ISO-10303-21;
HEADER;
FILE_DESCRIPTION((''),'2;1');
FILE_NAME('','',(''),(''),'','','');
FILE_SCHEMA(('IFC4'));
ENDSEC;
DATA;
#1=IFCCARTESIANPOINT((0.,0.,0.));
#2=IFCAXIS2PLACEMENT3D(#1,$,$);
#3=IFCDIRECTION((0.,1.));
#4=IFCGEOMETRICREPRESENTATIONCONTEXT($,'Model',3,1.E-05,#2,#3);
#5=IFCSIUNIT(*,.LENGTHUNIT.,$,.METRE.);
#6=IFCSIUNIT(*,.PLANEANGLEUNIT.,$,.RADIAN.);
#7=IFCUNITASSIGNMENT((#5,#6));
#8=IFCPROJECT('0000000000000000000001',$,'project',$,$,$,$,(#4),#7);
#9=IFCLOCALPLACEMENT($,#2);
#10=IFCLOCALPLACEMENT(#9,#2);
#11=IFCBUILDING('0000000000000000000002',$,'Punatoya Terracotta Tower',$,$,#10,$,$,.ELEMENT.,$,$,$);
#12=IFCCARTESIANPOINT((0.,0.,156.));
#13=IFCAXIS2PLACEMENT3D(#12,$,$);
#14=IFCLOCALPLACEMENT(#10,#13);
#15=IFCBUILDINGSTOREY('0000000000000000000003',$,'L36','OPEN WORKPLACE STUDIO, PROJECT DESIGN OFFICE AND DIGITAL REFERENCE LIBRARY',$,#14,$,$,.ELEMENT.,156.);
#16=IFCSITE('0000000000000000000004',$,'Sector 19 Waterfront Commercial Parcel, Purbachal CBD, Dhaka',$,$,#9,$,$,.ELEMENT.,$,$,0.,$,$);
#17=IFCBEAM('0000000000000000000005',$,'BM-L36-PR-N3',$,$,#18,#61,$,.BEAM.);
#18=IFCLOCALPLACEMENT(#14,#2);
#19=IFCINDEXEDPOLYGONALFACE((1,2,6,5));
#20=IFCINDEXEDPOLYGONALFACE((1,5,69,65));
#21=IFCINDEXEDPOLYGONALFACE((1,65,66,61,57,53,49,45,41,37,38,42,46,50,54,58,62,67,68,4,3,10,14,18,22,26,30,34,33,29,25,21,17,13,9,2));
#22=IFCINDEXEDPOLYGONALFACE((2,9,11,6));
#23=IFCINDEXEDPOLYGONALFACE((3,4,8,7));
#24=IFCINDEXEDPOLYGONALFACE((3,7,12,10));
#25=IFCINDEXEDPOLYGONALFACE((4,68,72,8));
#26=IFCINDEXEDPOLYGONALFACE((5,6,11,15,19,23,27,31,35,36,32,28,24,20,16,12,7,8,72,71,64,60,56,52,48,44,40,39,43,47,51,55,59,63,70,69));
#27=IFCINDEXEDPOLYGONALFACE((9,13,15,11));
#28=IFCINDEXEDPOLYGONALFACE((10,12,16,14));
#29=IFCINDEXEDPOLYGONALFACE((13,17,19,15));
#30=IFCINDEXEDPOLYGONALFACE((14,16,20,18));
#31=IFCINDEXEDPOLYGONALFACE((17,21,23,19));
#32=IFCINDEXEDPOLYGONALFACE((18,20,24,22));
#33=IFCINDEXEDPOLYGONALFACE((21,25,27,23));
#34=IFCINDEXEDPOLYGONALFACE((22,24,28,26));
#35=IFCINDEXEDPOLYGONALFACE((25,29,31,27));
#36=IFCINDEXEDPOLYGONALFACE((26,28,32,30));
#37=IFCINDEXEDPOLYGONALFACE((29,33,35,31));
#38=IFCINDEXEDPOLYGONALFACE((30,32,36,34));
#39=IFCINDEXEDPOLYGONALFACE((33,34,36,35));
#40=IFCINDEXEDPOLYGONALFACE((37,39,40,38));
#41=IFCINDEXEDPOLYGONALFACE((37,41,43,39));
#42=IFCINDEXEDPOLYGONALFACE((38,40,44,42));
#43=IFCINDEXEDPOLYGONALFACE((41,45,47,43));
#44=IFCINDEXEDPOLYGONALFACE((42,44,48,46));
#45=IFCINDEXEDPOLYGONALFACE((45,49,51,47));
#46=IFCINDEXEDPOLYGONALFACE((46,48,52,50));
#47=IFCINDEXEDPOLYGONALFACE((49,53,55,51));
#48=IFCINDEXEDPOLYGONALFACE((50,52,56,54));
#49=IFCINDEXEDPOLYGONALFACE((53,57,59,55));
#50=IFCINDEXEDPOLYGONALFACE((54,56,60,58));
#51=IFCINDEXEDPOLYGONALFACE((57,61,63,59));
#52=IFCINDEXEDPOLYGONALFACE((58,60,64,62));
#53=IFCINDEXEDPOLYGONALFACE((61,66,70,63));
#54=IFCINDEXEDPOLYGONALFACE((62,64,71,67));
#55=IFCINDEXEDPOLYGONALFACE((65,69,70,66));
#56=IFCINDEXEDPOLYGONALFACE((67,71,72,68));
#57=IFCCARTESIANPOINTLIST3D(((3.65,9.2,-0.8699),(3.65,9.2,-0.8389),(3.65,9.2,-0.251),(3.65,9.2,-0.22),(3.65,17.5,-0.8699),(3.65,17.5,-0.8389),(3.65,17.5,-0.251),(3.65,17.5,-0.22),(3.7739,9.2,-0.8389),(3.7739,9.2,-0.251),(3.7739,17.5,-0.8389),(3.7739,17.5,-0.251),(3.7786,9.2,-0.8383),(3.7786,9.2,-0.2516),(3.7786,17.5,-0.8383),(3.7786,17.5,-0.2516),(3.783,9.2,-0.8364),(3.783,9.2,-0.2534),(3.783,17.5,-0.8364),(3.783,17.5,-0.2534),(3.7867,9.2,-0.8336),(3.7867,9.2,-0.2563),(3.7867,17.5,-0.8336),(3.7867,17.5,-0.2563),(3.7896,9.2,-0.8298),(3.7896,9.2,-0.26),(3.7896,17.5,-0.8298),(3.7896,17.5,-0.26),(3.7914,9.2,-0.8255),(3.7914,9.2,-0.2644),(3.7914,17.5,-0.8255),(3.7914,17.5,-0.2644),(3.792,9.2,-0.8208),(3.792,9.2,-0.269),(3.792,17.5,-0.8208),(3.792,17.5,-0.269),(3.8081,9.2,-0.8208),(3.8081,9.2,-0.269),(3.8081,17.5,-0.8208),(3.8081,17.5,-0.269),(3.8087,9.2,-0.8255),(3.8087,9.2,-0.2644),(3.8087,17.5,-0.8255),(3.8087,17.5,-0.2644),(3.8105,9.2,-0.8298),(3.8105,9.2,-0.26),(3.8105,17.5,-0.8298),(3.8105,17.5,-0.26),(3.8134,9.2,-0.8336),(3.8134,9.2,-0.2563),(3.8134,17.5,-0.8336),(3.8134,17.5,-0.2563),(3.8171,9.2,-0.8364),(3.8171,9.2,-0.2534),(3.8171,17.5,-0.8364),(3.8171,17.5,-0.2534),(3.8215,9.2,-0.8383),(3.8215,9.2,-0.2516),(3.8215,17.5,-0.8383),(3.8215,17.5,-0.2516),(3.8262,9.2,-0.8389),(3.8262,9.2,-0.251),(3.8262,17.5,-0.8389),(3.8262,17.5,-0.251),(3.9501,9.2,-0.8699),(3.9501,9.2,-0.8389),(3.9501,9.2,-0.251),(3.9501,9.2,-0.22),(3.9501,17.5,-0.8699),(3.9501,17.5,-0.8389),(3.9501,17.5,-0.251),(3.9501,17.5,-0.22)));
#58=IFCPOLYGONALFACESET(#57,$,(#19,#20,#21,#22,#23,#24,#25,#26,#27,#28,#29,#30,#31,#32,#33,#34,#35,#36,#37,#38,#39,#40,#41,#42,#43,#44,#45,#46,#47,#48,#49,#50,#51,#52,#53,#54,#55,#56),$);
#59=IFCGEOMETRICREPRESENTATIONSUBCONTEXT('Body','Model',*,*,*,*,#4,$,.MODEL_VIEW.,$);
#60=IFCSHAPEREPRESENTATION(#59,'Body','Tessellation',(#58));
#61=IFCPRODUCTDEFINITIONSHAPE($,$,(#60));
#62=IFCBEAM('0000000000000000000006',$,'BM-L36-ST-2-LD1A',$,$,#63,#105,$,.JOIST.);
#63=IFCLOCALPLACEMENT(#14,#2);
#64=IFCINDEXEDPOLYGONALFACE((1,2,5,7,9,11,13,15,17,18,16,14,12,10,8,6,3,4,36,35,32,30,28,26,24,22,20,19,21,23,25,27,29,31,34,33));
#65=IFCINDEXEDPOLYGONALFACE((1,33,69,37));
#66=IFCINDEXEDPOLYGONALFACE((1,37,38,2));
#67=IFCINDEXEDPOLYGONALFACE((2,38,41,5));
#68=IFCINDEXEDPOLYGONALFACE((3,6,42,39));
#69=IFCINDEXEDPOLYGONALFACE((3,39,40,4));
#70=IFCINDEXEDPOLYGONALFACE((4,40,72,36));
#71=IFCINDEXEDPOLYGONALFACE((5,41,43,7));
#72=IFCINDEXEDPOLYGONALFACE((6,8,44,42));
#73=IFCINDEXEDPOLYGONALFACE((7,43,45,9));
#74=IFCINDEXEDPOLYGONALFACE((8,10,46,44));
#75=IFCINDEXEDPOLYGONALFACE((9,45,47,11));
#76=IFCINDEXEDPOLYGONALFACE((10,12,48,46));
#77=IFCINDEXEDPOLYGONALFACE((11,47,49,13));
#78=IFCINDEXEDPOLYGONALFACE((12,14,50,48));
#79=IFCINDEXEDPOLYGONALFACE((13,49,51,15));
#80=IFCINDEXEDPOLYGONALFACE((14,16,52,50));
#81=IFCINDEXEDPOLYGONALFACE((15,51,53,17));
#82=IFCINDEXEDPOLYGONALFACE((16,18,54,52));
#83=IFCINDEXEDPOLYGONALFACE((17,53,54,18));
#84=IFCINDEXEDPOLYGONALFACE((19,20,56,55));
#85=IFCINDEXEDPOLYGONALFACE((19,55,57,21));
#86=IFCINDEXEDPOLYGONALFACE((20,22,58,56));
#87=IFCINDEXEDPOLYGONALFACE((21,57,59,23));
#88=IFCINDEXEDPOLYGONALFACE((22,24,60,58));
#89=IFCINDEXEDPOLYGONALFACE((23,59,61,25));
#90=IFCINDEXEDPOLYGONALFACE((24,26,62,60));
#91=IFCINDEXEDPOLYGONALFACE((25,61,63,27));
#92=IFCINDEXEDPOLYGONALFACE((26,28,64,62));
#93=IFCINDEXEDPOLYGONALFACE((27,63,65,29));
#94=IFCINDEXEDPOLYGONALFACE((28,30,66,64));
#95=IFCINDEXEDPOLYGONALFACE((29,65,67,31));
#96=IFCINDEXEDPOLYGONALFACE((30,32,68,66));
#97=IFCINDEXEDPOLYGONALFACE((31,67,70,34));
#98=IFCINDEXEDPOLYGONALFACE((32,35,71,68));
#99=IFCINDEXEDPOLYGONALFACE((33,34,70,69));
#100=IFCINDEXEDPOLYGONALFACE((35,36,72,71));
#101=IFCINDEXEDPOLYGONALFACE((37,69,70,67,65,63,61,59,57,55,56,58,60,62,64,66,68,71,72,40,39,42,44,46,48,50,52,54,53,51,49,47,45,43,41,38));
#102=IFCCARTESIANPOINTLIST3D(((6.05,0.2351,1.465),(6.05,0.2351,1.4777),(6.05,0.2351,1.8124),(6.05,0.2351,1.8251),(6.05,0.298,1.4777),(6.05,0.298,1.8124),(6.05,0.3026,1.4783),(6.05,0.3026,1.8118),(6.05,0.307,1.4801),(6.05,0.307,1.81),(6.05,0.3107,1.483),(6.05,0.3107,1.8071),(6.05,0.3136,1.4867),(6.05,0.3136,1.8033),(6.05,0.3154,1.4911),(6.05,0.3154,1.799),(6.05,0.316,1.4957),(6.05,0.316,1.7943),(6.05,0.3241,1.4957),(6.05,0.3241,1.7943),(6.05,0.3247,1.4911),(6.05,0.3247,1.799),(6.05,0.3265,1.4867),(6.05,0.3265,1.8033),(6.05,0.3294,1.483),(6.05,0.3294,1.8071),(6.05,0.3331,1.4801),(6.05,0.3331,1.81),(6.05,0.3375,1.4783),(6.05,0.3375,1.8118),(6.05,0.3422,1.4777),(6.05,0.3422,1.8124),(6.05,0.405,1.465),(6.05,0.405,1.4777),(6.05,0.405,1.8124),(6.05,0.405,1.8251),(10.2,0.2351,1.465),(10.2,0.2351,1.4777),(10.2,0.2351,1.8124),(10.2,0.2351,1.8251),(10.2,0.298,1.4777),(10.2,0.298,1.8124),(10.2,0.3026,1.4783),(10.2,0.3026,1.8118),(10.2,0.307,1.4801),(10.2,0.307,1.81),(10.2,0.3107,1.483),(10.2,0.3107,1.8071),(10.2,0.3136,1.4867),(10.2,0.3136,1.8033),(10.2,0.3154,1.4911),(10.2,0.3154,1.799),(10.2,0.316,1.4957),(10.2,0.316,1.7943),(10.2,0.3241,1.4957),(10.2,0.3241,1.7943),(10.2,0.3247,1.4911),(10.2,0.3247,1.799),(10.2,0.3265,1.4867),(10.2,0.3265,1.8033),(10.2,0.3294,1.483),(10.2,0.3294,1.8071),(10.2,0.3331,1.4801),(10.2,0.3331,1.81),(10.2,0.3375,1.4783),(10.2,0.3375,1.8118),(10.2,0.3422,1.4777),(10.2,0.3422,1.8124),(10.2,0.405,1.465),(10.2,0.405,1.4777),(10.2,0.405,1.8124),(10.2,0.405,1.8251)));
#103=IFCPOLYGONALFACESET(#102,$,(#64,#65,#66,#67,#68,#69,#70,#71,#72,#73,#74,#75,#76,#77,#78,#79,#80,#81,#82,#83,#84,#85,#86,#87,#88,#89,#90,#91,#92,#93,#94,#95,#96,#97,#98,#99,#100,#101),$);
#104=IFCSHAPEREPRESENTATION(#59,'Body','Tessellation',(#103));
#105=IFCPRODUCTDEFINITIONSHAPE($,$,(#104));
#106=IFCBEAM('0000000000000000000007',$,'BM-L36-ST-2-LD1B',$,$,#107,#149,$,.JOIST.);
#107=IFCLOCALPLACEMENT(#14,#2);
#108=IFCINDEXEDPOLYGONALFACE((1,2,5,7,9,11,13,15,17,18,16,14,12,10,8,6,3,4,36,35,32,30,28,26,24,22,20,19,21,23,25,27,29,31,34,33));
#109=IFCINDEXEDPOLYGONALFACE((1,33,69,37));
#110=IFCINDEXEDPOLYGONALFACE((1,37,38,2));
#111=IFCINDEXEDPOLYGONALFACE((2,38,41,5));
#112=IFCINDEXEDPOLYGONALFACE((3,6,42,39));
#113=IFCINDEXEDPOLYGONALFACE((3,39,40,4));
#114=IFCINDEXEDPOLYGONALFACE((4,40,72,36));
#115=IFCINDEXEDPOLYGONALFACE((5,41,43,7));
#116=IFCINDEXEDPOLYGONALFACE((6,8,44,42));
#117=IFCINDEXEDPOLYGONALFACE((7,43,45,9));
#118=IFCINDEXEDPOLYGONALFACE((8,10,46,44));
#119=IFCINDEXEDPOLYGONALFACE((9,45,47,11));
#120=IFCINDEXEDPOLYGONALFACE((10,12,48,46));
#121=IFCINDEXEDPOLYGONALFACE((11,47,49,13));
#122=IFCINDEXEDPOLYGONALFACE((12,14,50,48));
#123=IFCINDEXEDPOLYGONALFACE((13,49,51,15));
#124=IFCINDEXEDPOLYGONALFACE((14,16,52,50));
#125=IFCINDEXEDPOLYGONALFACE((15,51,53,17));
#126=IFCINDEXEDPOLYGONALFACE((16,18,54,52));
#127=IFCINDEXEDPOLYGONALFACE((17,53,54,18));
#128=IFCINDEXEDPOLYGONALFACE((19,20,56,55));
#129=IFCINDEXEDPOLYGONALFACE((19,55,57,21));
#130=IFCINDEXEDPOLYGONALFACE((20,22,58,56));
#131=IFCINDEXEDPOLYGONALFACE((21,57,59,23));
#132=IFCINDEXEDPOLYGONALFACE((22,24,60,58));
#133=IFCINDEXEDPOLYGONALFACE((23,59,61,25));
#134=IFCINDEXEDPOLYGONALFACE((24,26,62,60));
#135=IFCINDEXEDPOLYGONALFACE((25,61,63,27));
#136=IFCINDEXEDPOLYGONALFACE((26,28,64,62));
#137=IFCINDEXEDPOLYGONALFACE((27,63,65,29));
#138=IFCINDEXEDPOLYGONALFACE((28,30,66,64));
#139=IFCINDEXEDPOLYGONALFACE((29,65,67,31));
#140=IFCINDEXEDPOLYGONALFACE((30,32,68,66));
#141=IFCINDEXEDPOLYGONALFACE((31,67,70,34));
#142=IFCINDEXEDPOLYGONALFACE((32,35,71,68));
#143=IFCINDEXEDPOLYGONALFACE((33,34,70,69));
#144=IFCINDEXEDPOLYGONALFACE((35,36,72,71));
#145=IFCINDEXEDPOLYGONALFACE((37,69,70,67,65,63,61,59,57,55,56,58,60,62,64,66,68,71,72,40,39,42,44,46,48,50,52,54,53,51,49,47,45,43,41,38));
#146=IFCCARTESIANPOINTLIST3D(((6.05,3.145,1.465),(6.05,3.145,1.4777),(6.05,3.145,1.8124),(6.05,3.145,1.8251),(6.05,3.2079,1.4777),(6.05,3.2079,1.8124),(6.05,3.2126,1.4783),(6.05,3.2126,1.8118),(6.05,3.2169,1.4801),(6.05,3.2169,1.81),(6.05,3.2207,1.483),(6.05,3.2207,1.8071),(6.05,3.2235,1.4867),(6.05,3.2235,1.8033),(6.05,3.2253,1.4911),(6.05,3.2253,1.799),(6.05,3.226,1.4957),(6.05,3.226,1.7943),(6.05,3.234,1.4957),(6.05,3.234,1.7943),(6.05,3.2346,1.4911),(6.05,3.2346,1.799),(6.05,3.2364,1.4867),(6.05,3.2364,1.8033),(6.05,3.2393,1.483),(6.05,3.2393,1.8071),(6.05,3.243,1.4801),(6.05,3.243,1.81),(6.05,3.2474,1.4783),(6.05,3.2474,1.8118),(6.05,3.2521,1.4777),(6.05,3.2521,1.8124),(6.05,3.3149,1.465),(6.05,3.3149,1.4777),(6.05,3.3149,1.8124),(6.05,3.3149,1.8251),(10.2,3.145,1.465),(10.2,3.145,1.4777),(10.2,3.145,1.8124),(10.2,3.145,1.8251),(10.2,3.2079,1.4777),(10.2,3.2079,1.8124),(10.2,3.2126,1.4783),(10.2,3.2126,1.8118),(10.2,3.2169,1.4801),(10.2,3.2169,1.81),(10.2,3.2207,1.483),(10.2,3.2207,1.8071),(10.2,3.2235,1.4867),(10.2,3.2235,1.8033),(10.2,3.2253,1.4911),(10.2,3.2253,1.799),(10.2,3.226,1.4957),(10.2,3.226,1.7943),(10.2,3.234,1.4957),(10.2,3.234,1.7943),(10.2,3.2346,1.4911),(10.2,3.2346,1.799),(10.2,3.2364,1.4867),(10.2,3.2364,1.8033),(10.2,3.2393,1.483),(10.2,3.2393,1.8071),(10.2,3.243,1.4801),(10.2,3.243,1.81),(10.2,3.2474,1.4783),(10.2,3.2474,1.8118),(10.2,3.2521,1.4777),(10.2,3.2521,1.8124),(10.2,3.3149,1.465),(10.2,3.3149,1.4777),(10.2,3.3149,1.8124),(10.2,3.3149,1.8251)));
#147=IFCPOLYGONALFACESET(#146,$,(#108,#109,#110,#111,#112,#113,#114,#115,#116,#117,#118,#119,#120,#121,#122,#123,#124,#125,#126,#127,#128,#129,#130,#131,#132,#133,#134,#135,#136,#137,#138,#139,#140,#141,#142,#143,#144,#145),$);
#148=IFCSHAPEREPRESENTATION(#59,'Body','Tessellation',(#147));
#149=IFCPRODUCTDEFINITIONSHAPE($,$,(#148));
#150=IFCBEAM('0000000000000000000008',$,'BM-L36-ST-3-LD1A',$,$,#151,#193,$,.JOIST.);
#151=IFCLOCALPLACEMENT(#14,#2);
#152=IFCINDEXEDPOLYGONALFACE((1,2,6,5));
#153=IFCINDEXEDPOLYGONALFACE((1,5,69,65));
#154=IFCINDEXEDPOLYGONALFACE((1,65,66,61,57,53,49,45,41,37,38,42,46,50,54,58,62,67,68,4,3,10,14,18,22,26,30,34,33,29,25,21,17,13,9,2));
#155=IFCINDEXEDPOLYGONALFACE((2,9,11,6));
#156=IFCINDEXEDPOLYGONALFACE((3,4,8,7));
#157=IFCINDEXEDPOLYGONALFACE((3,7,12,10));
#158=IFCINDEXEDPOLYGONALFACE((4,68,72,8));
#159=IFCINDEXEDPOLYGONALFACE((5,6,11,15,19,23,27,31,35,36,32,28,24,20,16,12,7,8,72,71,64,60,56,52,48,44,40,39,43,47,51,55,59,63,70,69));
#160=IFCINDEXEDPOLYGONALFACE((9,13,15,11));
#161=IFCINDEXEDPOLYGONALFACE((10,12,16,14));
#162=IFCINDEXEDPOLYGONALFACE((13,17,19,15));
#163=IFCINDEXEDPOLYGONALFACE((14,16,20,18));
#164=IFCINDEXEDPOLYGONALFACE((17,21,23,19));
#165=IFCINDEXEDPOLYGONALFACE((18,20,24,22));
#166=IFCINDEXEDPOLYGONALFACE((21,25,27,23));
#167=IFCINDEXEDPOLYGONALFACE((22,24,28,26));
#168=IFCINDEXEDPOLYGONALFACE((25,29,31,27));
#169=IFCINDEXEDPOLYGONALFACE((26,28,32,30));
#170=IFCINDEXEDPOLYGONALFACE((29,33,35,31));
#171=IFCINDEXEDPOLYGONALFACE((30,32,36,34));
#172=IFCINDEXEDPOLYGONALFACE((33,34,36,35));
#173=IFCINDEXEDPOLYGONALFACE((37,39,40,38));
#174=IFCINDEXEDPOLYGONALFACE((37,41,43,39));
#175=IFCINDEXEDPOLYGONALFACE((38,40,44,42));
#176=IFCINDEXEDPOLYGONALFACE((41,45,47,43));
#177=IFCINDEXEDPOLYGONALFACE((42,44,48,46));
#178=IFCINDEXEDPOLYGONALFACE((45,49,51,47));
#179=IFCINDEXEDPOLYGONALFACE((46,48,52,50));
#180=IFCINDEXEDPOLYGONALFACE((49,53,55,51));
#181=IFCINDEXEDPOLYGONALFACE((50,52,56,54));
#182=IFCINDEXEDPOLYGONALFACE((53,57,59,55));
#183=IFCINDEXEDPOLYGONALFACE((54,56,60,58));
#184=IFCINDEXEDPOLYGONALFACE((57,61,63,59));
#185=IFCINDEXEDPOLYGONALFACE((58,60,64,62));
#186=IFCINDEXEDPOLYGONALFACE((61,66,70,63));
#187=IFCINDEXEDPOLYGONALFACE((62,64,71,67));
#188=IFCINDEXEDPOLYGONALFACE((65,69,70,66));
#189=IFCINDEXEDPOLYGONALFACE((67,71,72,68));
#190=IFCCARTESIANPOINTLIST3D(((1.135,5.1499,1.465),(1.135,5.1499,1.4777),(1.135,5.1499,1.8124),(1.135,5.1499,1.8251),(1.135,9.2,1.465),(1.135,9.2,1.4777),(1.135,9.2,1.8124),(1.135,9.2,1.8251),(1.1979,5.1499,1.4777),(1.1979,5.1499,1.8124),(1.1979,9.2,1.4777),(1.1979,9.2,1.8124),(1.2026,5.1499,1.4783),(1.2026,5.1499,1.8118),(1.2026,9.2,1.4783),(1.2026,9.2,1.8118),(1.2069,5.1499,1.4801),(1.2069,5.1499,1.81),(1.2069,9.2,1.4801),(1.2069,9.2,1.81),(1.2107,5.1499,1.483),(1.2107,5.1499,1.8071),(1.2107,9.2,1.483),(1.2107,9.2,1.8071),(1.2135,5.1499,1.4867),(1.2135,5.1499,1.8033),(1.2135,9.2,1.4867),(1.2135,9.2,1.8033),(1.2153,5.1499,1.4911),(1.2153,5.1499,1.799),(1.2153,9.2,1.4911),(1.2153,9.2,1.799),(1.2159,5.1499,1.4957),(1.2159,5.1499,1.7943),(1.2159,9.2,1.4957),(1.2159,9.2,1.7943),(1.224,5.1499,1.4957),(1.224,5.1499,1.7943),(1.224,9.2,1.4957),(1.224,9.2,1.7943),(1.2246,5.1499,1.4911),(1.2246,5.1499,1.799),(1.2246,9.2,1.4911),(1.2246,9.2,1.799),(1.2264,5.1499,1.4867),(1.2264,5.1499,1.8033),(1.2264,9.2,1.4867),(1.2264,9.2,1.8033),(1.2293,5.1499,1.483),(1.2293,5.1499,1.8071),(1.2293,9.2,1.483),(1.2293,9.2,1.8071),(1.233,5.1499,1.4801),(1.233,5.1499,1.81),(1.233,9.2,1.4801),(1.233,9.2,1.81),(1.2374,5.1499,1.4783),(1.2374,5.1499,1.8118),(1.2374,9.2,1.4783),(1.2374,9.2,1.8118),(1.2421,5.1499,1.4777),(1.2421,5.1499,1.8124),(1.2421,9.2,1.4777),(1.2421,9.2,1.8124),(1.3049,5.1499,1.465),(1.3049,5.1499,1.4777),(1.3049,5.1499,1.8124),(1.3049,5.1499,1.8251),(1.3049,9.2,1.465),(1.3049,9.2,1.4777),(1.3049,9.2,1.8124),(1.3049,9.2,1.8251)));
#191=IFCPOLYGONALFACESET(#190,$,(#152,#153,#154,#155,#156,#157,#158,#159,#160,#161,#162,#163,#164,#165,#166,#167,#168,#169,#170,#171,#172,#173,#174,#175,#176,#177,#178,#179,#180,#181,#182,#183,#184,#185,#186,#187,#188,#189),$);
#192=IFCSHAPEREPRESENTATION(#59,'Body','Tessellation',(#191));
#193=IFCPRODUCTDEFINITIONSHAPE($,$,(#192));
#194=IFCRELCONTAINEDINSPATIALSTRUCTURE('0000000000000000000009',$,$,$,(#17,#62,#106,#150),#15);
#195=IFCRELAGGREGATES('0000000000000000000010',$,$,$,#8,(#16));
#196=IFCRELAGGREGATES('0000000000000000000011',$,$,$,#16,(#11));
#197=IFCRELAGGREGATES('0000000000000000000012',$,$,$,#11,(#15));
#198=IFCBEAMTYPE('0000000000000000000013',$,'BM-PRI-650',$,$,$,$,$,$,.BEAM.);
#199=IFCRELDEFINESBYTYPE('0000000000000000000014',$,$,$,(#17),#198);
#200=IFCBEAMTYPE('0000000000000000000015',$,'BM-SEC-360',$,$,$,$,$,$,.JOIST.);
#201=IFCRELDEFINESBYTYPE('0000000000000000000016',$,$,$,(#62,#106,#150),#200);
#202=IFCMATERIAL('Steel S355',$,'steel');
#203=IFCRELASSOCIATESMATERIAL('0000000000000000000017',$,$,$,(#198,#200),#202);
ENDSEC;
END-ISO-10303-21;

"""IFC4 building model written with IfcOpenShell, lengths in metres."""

from ifc_helpers import new_model, si_unit, direction, frame, origin, origin_2d, place, context, subcontext, project, spatial, i_section, extrude, material, material_profile, profile_set, type_object, element, save


model = new_model("IFC4")

# Units and contexts
model_context = context("Model", 3, precision=1e-05, world=origin(), true_north=direction((0.0, 1.0)))
body_context = subcontext(model_context, "Body", "Model", "MODEL_VIEW")
ifc_project = project(units=[si_unit("LENGTHUNIT", "METRE"), si_unit("PLANEANGLEUNIT", "RADIAN")], contexts=[model_context])

# Site, building, storey
site_placement = place(None, origin())
site = spatial("IfcSite", under=ifc_project, at=site_placement, Name="Sector 19 Waterfront Commercial Parcel, Purbachal CBD, Dhaka", CompositionType="ELEMENT", RefElevation=0.0)
building_placement = place(site_placement, origin())
building = spatial("IfcBuilding", under=site, at=building_placement, Name="Punatoya Terracotta Tower", CompositionType="ELEMENT")
storey_placement = place(building_placement, frame((0.0, 0.0, 156.0)))
storey = spatial("IfcBuildingStorey", under=building, at=storey_placement, Name="L36", Description="OPEN WORKPLACE STUDIO, PROJECT DESIGN OFFICE AND DIGITAL REFERENCE LIBRARY", CompositionType="ELEMENT", Elevation=156.0)

# Beams
ifc_material_1 = material(Name="Steel S355", Category="steel")
ifc_material_profile_1 = material_profile(ifc_material_1, i_section(OverallWidth=0.3, OverallDepth=0.6499, WebThickness=0.0161, FlangeThickness=0.031, FilletRadius=0.0181, at=origin_2d()))
ifc_profile_set_1 = profile_set([ifc_material_profile_1], Name="Steel S355")
beam_type_1 = type_object("IfcBeamType", Name="BM-PRI-650", PredefinedType="BEAM", material=ifc_profile_set_1)
beam_placement = place(storey_placement, frame((3.8, 9.2, -0.5449), z_axis=(0.0, 1.0, 0.0), x_axis=(-1.0, 0.0, 0.0)))
element("IfcBeam", 1, at=beam_placement, inside=storey, type_object=beam_type_1, Name="BM-L36-PR-N3", PredefinedType="BEAM", context=body_context, shape_type="SweptSolid", body=[
    extrude(i_section(OverallWidth=0.3, OverallDepth=0.6499, WebThickness=0.0161, FlangeThickness=0.031, FilletRadius=0.0181, at=origin_2d()), origin(), (0.0, 0.0, 1.0), 8.3),
])
ifc_material_profile_2 = material_profile(ifc_material_1, i_section(OverallWidth=0.1699, OverallDepth=0.3601, WebThickness=0.0081, FlangeThickness=0.0127, FilletRadius=0.0181, at=origin_2d()))
ifc_profile_set_2 = profile_set([ifc_material_profile_2], Name="Steel S355")
beam_type_2 = type_object("IfcBeamType", Name="BM-SEC-360", PredefinedType="JOIST", material=ifc_profile_set_2)
for number, where, z_axis, x_axis, name in (
    (2, (6.05, 0.3201, 1.645), (1.0, 0.0, 0.0), (0.0, 1.0, 0.0), "BM-L36-ST-2-LD1A"),
    (3, (6.05, 3.23, 1.645), (1.0, 0.0, 0.0), (0.0, 1.0, 0.0), "BM-L36-ST-2-LD1B"),
):
    element("IfcBeam", number, at=place(storey_placement, frame(where, z_axis=z_axis, x_axis=x_axis)), inside=storey, type_object=beam_type_2, Name=name, PredefinedType="JOIST", context=body_context, shape_type="SweptSolid", body=[
        extrude(i_section(OverallWidth=0.1699, OverallDepth=0.3601, WebThickness=0.0081, FlangeThickness=0.0127, FilletRadius=0.0181, at=origin_2d()), origin(), (0.0, 0.0, 1.0), 4.1499),
    ])
for number, where, z_axis, x_axis, name in (
    (4, (1.22, 5.1499, 1.645), (0.0, 1.0, 0.0), (-1.0, 0.0, 0.0), "BM-L36-ST-3-LD1A"),
):
    element("IfcBeam", number, at=place(storey_placement, frame(where, z_axis=z_axis, x_axis=x_axis)), inside=storey, type_object=beam_type_2, Name=name, PredefinedType="JOIST", context=body_context, shape_type="SweptSolid", body=[
        extrude(i_section(OverallWidth=0.1699, OverallDepth=0.3601, WebThickness=0.0081, FlangeThickness=0.0127, FilletRadius=0.0181, at=origin_2d()), origin(), (0.0, 0.0, 1.0), 4.05),
    ])

save(model, "model.ifc")
